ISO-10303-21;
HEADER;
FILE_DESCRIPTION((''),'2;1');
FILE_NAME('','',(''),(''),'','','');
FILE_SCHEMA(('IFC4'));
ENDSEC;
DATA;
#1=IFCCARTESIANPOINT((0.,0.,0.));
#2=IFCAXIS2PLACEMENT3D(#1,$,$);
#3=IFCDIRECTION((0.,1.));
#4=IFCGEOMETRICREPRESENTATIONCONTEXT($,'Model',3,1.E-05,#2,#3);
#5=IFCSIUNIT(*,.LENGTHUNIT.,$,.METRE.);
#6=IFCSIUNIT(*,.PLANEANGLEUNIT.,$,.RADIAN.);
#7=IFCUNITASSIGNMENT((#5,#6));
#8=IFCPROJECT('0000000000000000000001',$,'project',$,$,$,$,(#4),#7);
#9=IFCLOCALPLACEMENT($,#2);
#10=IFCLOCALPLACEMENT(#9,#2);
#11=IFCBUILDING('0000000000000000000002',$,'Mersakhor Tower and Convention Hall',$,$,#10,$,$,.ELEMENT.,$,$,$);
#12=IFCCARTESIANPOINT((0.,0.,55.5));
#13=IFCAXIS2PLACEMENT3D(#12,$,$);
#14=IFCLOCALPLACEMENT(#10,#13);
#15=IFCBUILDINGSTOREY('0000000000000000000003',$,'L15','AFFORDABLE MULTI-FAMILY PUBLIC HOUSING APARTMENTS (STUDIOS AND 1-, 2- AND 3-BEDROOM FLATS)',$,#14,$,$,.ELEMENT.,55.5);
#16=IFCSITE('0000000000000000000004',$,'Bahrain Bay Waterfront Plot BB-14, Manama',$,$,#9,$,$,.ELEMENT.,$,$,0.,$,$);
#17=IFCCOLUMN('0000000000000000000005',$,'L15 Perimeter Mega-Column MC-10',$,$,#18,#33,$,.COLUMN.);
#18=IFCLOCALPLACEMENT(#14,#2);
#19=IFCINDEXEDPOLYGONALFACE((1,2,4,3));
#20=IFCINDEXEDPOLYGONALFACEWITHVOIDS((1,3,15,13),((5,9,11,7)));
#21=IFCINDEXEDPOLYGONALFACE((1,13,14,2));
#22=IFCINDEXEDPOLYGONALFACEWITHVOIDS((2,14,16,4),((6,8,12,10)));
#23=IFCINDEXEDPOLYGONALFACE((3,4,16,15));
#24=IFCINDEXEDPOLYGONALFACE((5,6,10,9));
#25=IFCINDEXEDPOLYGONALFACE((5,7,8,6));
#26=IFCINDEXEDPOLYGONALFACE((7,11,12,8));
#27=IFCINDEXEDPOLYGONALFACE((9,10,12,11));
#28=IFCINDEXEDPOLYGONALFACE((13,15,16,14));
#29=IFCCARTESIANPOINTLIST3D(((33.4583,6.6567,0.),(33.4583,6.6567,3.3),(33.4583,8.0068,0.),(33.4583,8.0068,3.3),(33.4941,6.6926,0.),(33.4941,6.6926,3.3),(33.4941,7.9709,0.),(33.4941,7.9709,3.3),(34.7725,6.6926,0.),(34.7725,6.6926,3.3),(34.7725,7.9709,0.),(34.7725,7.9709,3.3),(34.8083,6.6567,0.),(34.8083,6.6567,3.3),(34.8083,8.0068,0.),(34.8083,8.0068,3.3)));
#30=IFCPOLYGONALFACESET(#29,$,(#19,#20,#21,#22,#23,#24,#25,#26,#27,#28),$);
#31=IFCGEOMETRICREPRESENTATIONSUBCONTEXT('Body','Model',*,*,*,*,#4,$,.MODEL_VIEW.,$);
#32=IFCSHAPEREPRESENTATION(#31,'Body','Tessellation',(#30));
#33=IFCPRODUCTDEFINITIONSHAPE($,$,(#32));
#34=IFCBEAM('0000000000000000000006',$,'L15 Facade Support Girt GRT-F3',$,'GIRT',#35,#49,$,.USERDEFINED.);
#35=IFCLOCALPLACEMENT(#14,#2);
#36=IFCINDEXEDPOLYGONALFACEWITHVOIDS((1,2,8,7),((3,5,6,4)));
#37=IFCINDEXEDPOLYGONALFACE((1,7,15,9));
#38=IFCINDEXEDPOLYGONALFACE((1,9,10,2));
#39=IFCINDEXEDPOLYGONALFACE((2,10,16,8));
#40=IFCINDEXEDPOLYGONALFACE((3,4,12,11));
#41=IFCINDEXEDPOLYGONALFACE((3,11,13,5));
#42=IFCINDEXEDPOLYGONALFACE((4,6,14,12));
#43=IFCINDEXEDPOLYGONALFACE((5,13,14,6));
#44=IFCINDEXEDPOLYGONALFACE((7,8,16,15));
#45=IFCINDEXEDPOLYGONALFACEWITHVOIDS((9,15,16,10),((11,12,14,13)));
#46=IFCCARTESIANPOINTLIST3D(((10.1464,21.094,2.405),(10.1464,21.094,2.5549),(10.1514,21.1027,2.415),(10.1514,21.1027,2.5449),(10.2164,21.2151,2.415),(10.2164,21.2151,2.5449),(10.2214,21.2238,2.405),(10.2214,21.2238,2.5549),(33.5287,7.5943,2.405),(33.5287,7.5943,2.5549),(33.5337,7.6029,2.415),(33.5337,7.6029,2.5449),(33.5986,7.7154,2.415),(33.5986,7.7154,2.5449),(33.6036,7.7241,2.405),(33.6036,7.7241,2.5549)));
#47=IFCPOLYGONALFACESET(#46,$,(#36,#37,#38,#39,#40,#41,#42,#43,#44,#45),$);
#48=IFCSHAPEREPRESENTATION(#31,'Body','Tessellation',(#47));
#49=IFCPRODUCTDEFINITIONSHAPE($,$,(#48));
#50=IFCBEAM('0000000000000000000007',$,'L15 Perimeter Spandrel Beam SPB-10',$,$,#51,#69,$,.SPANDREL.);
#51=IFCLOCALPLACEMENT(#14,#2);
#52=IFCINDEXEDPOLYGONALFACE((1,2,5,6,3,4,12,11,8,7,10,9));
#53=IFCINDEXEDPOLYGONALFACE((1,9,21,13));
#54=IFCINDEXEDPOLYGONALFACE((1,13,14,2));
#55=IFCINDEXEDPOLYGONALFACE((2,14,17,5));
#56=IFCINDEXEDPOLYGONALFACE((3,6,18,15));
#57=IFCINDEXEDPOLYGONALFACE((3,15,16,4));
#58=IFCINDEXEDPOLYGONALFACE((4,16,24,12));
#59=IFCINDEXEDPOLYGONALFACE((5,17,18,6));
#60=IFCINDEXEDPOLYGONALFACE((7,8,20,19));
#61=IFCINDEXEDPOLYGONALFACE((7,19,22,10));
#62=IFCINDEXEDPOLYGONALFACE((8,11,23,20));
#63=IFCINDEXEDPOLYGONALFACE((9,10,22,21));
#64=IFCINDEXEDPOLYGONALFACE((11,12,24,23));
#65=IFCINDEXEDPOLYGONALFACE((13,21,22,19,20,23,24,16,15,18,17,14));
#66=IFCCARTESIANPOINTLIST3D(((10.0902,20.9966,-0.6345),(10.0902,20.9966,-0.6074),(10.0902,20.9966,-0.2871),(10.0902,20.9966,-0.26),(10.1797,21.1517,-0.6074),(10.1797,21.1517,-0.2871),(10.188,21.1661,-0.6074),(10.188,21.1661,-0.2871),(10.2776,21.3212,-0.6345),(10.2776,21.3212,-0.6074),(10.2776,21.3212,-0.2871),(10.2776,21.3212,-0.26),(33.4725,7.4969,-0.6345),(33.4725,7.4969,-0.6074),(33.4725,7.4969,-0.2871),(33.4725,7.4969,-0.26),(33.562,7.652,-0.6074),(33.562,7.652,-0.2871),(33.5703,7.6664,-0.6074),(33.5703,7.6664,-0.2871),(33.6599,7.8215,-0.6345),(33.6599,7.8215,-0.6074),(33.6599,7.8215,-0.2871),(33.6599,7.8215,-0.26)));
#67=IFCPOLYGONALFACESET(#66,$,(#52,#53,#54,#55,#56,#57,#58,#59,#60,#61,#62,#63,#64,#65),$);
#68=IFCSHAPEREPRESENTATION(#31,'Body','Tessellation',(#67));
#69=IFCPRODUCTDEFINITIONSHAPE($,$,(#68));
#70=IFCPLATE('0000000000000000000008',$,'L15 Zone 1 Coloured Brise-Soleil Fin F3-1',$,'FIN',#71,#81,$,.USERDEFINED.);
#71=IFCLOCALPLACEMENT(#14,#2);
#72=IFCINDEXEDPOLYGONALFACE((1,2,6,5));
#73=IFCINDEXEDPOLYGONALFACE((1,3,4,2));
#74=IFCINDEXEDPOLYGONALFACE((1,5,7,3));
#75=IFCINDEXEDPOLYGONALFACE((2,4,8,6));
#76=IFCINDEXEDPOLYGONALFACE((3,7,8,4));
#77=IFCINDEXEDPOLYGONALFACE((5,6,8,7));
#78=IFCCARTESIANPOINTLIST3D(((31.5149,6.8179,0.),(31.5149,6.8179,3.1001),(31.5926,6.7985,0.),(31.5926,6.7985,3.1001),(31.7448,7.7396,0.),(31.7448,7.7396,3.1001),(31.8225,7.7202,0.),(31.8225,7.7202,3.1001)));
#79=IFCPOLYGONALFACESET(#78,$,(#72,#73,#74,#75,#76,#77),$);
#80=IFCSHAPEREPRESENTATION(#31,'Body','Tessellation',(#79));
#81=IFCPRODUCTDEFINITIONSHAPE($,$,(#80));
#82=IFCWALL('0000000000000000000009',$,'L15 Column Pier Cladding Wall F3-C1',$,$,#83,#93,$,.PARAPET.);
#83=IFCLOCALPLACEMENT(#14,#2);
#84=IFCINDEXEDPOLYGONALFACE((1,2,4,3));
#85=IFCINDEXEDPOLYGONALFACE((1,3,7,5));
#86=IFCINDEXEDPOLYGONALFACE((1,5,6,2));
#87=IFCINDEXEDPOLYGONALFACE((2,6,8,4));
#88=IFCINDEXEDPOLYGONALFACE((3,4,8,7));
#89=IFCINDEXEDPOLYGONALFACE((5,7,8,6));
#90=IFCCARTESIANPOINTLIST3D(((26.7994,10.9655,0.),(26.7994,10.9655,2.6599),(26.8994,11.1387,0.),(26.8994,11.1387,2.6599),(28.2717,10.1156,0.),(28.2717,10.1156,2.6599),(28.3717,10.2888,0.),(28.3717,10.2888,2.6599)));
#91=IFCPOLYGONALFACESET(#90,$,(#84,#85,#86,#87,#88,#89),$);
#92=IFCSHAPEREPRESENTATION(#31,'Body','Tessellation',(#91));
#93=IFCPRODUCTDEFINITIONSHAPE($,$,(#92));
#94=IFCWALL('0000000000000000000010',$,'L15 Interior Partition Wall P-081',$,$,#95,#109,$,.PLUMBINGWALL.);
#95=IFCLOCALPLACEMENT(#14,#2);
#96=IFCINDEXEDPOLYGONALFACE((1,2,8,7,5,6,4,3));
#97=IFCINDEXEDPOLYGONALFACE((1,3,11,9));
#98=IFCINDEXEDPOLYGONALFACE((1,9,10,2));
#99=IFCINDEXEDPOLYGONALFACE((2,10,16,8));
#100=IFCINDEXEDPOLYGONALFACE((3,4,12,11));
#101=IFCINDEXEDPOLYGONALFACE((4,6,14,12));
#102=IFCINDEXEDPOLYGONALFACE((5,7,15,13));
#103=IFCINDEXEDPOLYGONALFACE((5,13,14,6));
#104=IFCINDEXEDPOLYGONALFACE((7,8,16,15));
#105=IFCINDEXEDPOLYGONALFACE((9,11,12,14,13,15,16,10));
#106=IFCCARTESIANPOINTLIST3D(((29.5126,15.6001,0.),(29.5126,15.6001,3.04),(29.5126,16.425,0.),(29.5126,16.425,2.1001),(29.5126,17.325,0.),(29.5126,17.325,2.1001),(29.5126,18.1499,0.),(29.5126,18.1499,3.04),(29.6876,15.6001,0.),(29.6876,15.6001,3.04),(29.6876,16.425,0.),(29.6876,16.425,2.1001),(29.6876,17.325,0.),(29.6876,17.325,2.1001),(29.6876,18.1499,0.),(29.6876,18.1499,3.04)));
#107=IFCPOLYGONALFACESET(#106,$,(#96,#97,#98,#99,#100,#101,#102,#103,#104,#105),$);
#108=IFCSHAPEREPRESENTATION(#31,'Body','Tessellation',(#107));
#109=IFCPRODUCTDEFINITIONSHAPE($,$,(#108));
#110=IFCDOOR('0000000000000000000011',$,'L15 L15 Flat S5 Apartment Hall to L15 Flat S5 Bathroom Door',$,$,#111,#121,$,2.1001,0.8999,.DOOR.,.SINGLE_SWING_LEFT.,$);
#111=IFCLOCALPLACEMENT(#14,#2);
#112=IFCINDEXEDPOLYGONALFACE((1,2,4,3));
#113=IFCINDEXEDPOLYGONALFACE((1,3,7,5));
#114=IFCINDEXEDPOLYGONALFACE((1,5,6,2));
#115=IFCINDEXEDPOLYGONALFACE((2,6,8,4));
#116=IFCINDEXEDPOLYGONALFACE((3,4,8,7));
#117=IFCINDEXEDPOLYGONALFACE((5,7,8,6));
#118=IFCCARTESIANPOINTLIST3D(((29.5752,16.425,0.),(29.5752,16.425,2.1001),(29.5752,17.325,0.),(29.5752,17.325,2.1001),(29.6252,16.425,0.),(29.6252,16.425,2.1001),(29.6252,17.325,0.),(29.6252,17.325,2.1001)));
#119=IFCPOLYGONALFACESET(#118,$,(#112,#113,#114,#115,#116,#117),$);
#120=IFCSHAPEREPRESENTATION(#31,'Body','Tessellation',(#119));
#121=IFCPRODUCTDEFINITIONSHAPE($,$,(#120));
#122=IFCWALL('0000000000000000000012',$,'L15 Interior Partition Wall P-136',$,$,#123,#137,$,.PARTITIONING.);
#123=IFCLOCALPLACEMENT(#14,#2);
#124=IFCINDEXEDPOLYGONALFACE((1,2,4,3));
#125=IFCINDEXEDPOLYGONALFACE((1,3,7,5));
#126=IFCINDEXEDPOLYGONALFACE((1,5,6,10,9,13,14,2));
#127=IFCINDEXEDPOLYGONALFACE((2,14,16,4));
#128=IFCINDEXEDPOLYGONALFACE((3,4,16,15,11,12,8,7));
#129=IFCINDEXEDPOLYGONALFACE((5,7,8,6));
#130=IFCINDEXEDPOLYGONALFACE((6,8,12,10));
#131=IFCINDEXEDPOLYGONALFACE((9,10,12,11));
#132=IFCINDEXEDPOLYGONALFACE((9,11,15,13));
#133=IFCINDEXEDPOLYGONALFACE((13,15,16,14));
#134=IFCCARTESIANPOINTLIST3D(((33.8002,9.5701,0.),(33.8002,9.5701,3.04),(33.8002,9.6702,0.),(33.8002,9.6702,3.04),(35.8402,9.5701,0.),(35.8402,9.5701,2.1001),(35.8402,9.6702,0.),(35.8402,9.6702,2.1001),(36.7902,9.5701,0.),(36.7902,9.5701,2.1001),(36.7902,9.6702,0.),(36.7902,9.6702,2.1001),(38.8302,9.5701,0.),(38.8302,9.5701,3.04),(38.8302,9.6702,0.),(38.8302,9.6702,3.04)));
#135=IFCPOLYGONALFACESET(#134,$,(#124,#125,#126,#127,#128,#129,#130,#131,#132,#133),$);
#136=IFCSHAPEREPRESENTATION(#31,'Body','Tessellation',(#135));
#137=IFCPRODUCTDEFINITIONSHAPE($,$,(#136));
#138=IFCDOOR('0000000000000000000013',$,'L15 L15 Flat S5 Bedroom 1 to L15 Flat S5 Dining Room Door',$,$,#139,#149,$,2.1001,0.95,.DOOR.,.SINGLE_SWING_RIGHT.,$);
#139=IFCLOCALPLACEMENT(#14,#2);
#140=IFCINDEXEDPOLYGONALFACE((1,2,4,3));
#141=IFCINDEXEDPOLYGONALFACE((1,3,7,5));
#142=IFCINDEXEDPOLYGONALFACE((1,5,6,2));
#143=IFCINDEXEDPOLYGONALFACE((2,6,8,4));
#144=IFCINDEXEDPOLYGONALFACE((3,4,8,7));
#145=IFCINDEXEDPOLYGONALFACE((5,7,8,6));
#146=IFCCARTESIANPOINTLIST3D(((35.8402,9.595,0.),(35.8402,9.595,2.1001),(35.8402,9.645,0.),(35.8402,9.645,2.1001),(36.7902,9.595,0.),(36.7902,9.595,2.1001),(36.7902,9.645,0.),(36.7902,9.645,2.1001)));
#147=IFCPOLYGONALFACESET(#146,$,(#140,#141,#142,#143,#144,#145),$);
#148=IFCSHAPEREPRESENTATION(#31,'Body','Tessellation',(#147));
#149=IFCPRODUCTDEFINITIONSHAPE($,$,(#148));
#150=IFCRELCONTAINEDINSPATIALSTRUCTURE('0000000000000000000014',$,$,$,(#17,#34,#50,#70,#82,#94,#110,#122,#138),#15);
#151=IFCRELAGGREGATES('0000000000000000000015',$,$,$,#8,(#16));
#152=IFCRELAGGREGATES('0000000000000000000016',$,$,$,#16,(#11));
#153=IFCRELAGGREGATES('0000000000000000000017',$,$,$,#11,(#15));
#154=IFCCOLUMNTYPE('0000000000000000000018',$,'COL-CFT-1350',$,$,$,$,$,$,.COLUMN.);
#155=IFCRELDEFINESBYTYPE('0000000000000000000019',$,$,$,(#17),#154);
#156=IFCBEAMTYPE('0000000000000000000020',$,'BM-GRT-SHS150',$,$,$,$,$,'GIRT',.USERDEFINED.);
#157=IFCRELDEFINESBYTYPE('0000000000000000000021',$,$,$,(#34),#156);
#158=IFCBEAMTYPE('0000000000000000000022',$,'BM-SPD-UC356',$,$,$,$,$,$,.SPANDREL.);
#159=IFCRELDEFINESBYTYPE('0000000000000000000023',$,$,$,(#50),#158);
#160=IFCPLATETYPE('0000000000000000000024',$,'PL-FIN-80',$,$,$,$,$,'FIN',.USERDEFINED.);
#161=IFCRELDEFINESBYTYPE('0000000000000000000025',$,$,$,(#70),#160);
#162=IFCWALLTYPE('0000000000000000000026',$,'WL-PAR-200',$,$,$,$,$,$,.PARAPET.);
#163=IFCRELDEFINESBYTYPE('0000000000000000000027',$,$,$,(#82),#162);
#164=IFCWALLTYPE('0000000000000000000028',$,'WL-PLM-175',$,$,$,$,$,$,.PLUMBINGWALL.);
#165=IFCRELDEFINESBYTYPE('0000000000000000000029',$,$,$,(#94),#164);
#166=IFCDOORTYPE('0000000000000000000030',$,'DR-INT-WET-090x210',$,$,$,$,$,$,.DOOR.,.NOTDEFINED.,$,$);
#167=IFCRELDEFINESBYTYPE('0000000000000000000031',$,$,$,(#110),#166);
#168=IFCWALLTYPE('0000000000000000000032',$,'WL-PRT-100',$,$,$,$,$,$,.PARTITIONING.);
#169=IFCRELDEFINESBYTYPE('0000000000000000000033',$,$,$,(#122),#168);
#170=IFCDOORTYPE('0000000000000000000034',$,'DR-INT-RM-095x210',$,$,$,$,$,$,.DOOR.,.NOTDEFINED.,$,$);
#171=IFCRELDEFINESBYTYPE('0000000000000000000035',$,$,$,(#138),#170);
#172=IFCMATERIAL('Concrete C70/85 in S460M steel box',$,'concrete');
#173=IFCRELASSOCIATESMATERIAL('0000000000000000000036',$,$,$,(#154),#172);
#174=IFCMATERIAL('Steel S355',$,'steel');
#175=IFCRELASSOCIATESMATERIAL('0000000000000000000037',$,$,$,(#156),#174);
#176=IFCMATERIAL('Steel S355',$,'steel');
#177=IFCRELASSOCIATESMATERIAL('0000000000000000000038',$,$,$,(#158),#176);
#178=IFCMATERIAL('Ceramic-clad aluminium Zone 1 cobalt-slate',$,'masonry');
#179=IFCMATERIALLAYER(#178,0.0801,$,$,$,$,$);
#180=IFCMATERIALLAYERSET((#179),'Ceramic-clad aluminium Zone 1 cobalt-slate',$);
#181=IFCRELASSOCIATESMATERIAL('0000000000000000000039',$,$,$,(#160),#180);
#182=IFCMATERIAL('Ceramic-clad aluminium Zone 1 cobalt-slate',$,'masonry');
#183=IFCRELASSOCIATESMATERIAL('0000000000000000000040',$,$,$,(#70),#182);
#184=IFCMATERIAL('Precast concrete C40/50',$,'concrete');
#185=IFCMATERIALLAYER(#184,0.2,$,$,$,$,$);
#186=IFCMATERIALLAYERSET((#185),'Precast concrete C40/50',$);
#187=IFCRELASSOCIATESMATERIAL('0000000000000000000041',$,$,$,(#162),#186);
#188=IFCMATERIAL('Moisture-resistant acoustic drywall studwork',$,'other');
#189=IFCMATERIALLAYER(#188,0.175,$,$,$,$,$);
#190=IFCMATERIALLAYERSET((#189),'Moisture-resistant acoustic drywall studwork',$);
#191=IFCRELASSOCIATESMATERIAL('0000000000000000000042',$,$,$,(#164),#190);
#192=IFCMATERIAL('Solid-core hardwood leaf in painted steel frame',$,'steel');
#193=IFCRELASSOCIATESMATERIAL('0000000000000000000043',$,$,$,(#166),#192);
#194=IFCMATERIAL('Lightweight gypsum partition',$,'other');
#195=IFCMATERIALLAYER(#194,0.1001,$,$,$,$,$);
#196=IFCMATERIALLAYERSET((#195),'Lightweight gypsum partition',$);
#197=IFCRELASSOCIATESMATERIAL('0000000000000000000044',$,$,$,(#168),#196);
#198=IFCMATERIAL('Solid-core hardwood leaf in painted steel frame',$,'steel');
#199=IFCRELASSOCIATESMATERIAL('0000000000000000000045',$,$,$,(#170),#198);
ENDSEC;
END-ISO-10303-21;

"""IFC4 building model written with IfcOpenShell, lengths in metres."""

from ifc_helpers import new_model, si_unit, direction, frame, frame_2d, origin, origin_2d, place, context, subcontext, project, spatial, rectangle, hollow_rectangle, i_section, extrude, material, layer, layer_set, material_profile, profile_set, type_object, element, fill, save


model = new_model("IFC4")

# Units and contexts
model_context = context("Model", 3, precision=1e-05, world=origin(), true_north=direction((0.0, 1.0)))
body_context = subcontext(model_context, "Body", "Model", "MODEL_VIEW")
ifc_project = project(units=[si_unit("LENGTHUNIT", "METRE"), si_unit("PLANEANGLEUNIT", "RADIAN")], contexts=[model_context])

# Site, building, storey
site_placement = place(None, origin())
site = spatial("IfcSite", under=ifc_project, at=site_placement, Name="Bahrain Bay Waterfront Plot BB-14, Manama", CompositionType="ELEMENT", RefElevation=0.0)
building_placement = place(site_placement, origin())
building = spatial("IfcBuilding", under=site, at=building_placement, Name="Mersakhor Tower and Convention Hall", CompositionType="ELEMENT")
storey_placement = place(building_placement, frame((0.0, 0.0, 55.5)))
storey = spatial("IfcBuildingStorey", under=building, at=storey_placement, Name="L15", Description="AFFORDABLE MULTI-FAMILY PUBLIC HOUSING APARTMENTS (STUDIOS AND 1-, 2- AND 3-BEDROOM FLATS)", CompositionType="ELEMENT", Elevation=55.5)

# Column
ifc_material_1 = material(Name="Concrete C70/85 in S460M steel box", Category="concrete")
ifc_material_profile_1 = material_profile(ifc_material_1, hollow_rectangle(XDim=1.3501, YDim=1.3501, WallThickness=0.0359, at=origin_2d()), Name="SHS 1350x1350x36")
ifc_profile_set_1 = profile_set([ifc_material_profile_1], Name="Concrete C70/85 in S460M steel box")
column_type = type_object("IfcColumnType", Name="COL-CFT-1350", PredefinedType="COLUMN", material=ifc_profile_set_1)
column_placement = place(storey_placement, frame((34.1333, 7.3318, 0.0), z_axis=(0.0, 0.0, 1.0), x_axis=(1.0, 0.0, 0.0)))
element("IfcColumn", 1, at=column_placement, inside=storey, type_object=column_type, Name="L15 Perimeter Mega-Column MC-10", PredefinedType="COLUMN", context=body_context, shape_type="SweptSolid", body=[
    extrude(hollow_rectangle(XDim=1.3501, YDim=1.3501, WallThickness=0.0359, at=origin_2d()), origin(), (0.0, 0.0, 1.0), 3.3),
])

# Beams
ifc_material_2 = material(Name="Steel S355", Category="steel")
ifc_material_profile_2 = material_profile(ifc_material_2, hollow_rectangle(XDim=0.1499, YDim=0.1499, WallThickness=0.01, at=origin_2d()), Name="SHS 150x150x10")
ifc_profile_set_2 = profile_set([ifc_material_profile_2], Name="Steel S355")
beam_type_1 = type_object("IfcBeamType", Name="BM-GRT-SHS150", ElementType="GIRT", PredefinedType="USERDEFINED", material=ifc_profile_set_2)
beam_1_placement = place(storey_placement, frame((33.5662, 7.6592, 2.48), z_axis=(-0.866026, 0.499999, 0.0), x_axis=(-0.499999, -0.866026, 0.0)))
element("IfcBeam", 2, at=beam_1_placement, inside=storey, type_object=beam_type_1, Name="L15 Facade Support Girt GRT-F3", ObjectType="GIRT", PredefinedType="USERDEFINED", context=body_context, shape_type="SweptSolid", body=[
    extrude(hollow_rectangle(XDim=0.1499, YDim=0.1499, WallThickness=0.01, at=origin_2d()), origin(), (0.0, 0.0, 1.0), 26.9995),
])
ifc_material_3 = material(Name="Steel S355", Category="steel")
ifc_material_profile_3 = material_profile(ifc_material_3, i_section(OverallWidth=0.3748, OverallDepth=0.3745, WebThickness=0.0166, FlangeThickness=0.0271, at=origin_2d()), Name="UC 356x368x202")
ifc_profile_set_3 = profile_set([ifc_material_profile_3], Name="Steel S355")
beam_type_2 = type_object("IfcBeamType", Name="BM-SPD-UC356", PredefinedType="SPANDREL", material=ifc_profile_set_3)
beam_2_placement = place(storey_placement, frame((33.5662, 7.6592, -0.4473), z_axis=(-0.866026, 0.499999, 0.0), x_axis=(-0.499999, -0.866026, 0.0)))
element("IfcBeam", 3, at=beam_2_placement, inside=storey, type_object=beam_type_2, Name="L15 Perimeter Spandrel Beam SPB-10", PredefinedType="SPANDREL", context=body_context, shape_type="SweptSolid", body=[
    extrude(i_section(OverallWidth=0.3748, OverallDepth=0.3745, WebThickness=0.0166, FlangeThickness=0.0271, at=origin_2d()), origin(), (0.0, 0.0, 1.0), 26.9995),
])

# Plate
ifc_material_4 = material(Name="Ceramic-clad aluminium Zone 1 cobalt-slate", Category="masonry")
ifc_material_5 = material(Name="Ceramic-clad aluminium Zone 1 cobalt-slate", Category="masonry")
ifc_layer_1 = layer(ifc_material_5, 0.0801)
ifc_layer_set_1 = layer_set([ifc_layer_1], Name="Ceramic-clad aluminium Zone 1 cobalt-slate")
plate_type = type_object("IfcPlateType", Name="PL-FIN-80", ElementType="FIN", PredefinedType="USERDEFINED", material=ifc_layer_set_1)
plate_placement = place(storey_placement, frame((31.6687, 7.269, 0.0), z_axis=(0.0, 0.0, 1.0), x_axis=(-0.241922, -0.970296, 0.0)))
element("IfcPlate", 4, at=plate_placement, inside=storey, type_object=plate_type, material=ifc_material_4, Name="L15 Zone 1 Coloured Brise-Soleil Fin F3-1", ObjectType="FIN", PredefinedType="USERDEFINED", context=body_context, shape_type="SweptSolid", body=[
    extrude(rectangle(XDim=0.95, YDim=0.0801, at=origin_2d()), origin(), (0.0, 0.0, 1.0), 3.1001),
])

# Wall
ifc_material_6 = material(Name="Precast concrete C40/50", Category="concrete")
ifc_layer_2 = layer(ifc_material_6, 0.2)
ifc_layer_set_2 = layer_set([ifc_layer_2], Name="Precast concrete C40/50")
wall_type_1 = type_object("IfcWallType", Name="WL-PAR-200", PredefinedType="PARAPET", material=ifc_layer_set_2)
wall_1_placement = place(storey_placement, frame((28.3218, 10.2021, 0.0), z_axis=(0.0, 0.0, 1.0), x_axis=(-0.866052, 0.499955, 0.0)))
element("IfcWall", 5, at=wall_1_placement, inside=storey, type_object=wall_type_1, Name="L15 Column Pier Cladding Wall F3-C1", PredefinedType="PARAPET", context=body_context, shape_type="SweptSolid", body=[
    extrude(rectangle(XDim=1.7, YDim=0.2, at=frame_2d((0.8501, 0.0))), origin(), (0.0, 0.0, 1.0), 2.6599),
])

# Walls, openings, doors
ifc_material_7 = material(Name="Moisture-resistant acoustic drywall studwork", Category="other")
ifc_layer_3 = layer(ifc_material_7, 0.175)
ifc_layer_set_3 = layer_set([ifc_layer_3], Name="Moisture-resistant acoustic drywall studwork")
wall_type_2 = type_object("IfcWallType", Name="WL-PLM-175", PredefinedType="PLUMBINGWALL", material=ifc_layer_set_3)
wall_2_placement = place(storey_placement, frame((29.6001, 15.6001, 0.0), z_axis=(0.0, 0.0, 1.0), x_axis=(0.0, 1.0, 0.0)))
wall_2 = element("IfcWall", 6, at=wall_2_placement, inside=storey, type_object=wall_type_2, Name="L15 Interior Partition Wall P-081", PredefinedType="PLUMBINGWALL", context=body_context, shape_type="SweptSolid", body=[
    extrude(rectangle(XDim=2.5498, YDim=0.175, at=frame_2d((1.2749, 0.0))), origin(), (0.0, 0.0, 1.0), 3.04),
])
opening_1_placement = place(wall_2_placement, frame((0.825, 0.0, 0.0)))
opening_1 = element("IfcOpeningElement", 7, at=opening_1_placement, cuts=wall_2, PredefinedType="OPENING", context=body_context, shape_type="SweptSolid", body=[
    extrude(rectangle(XDim=0.8999, YDim=2.1001, at=frame_2d((0.45, 1.05))), frame((0.0, 0.0974, 0.0), z_axis=(0.0, -1.0, 0.0), x_axis=(1.0, 0.0, 0.0)), (0.0, 0.0, 1.0), 0.1951),
])
ifc_material_8 = material(Name="Solid-core hardwood leaf in painted steel frame", Category="steel")
door_type_1 = type_object("IfcDoorType", Name="DR-INT-WET-090x210", OperationType="NOTDEFINED", PredefinedType="DOOR", material=ifc_material_8)
door_1_placement = place(opening_1_placement, origin())
door_1 = element("IfcDoor", 8, at=door_1_placement, inside=storey, type_object=door_type_1, Name="L15 L15 Flat S5 Apartment Hall to L15 Flat S5 Bathroom Door", OperationType="SINGLE_SWING_LEFT", OverallHeight=2.1001, OverallWidth=0.8999, PredefinedType="DOOR", context=body_context, shape_type="SweptSolid", body=[
    extrude(rectangle(XDim=0.8999, YDim=2.1001, at=frame_2d((0.45, 1.05))), frame((0.0, 0.0249, 0.0), z_axis=(0.0, -1.0, 0.0), x_axis=(1.0, 0.0, 0.0)), (0.0, 0.0, 1.0), 0.05),
])
fill(opening_1, door_1)
ifc_material_9 = material(Name="Lightweight gypsum partition", Category="other")
ifc_layer_4 = layer(ifc_material_9, 0.1001)
ifc_layer_set_4 = layer_set([ifc_layer_4], Name="Lightweight gypsum partition")
wall_type_3 = type_object("IfcWallType", Name="WL-PRT-100", PredefinedType="PARTITIONING", material=ifc_layer_set_4)
wall_3_placement = place(storey_placement, frame((33.8, 9.6201, 0.0), z_axis=(0.0, 0.0, 1.0), x_axis=(1.0, 0.0, 0.0)))
wall_3 = element("IfcWall", 9, at=wall_3_placement, inside=storey, type_object=wall_type_3, Name="L15 Interior Partition Wall P-136", PredefinedType="PARTITIONING", context=body_context, shape_type="SweptSolid", body=[
    extrude(rectangle(XDim=5.03, YDim=0.1001, at=frame_2d((2.5151, 0.0))), origin(), (0.0, 0.0, 1.0), 3.04),
])
opening_2_placement = place(wall_3_placement, frame((2.04, 0.0, 0.0)))
opening_2 = element("IfcOpeningElement", 10, at=opening_2_placement, cuts=wall_3, PredefinedType="OPENING", context=body_context, shape_type="SweptSolid", body=[
    extrude(rectangle(XDim=0.95, YDim=2.1001, at=frame_2d((0.4751, 1.05))), frame((0.0, 0.0601, 0.0), z_axis=(0.0, -1.0, 0.0), x_axis=(1.0, 0.0, 0.0)), (0.0, 0.0, 1.0), 0.1201),
])
ifc_material_10 = material(Name="Solid-core hardwood leaf in painted steel frame", Category="steel")
door_type_2 = type_object("IfcDoorType", Name="DR-INT-RM-095x210", OperationType="NOTDEFINED", PredefinedType="DOOR", material=ifc_material_10)
door_2_placement = place(opening_2_placement, origin())
door_2 = element("IfcDoor", 11, at=door_2_placement, inside=storey, type_object=door_type_2, Name="L15 L15 Flat S5 Bedroom 1 to L15 Flat S5 Dining Room Door", OperationType="SINGLE_SWING_RIGHT", OverallHeight=2.1001, OverallWidth=0.95, PredefinedType="DOOR", context=body_context, shape_type="SweptSolid", body=[
    extrude(rectangle(XDim=0.95, YDim=2.1001, at=frame_2d((0.4751, 1.05))), frame((0.0, 0.0249, 0.0), z_axis=(0.0, -1.0, 0.0), x_axis=(1.0, 0.0, 0.0)), (0.0, 0.0, 1.0), 0.05),
])
fill(opening_2, door_2)

save(model, "model.ifc")
